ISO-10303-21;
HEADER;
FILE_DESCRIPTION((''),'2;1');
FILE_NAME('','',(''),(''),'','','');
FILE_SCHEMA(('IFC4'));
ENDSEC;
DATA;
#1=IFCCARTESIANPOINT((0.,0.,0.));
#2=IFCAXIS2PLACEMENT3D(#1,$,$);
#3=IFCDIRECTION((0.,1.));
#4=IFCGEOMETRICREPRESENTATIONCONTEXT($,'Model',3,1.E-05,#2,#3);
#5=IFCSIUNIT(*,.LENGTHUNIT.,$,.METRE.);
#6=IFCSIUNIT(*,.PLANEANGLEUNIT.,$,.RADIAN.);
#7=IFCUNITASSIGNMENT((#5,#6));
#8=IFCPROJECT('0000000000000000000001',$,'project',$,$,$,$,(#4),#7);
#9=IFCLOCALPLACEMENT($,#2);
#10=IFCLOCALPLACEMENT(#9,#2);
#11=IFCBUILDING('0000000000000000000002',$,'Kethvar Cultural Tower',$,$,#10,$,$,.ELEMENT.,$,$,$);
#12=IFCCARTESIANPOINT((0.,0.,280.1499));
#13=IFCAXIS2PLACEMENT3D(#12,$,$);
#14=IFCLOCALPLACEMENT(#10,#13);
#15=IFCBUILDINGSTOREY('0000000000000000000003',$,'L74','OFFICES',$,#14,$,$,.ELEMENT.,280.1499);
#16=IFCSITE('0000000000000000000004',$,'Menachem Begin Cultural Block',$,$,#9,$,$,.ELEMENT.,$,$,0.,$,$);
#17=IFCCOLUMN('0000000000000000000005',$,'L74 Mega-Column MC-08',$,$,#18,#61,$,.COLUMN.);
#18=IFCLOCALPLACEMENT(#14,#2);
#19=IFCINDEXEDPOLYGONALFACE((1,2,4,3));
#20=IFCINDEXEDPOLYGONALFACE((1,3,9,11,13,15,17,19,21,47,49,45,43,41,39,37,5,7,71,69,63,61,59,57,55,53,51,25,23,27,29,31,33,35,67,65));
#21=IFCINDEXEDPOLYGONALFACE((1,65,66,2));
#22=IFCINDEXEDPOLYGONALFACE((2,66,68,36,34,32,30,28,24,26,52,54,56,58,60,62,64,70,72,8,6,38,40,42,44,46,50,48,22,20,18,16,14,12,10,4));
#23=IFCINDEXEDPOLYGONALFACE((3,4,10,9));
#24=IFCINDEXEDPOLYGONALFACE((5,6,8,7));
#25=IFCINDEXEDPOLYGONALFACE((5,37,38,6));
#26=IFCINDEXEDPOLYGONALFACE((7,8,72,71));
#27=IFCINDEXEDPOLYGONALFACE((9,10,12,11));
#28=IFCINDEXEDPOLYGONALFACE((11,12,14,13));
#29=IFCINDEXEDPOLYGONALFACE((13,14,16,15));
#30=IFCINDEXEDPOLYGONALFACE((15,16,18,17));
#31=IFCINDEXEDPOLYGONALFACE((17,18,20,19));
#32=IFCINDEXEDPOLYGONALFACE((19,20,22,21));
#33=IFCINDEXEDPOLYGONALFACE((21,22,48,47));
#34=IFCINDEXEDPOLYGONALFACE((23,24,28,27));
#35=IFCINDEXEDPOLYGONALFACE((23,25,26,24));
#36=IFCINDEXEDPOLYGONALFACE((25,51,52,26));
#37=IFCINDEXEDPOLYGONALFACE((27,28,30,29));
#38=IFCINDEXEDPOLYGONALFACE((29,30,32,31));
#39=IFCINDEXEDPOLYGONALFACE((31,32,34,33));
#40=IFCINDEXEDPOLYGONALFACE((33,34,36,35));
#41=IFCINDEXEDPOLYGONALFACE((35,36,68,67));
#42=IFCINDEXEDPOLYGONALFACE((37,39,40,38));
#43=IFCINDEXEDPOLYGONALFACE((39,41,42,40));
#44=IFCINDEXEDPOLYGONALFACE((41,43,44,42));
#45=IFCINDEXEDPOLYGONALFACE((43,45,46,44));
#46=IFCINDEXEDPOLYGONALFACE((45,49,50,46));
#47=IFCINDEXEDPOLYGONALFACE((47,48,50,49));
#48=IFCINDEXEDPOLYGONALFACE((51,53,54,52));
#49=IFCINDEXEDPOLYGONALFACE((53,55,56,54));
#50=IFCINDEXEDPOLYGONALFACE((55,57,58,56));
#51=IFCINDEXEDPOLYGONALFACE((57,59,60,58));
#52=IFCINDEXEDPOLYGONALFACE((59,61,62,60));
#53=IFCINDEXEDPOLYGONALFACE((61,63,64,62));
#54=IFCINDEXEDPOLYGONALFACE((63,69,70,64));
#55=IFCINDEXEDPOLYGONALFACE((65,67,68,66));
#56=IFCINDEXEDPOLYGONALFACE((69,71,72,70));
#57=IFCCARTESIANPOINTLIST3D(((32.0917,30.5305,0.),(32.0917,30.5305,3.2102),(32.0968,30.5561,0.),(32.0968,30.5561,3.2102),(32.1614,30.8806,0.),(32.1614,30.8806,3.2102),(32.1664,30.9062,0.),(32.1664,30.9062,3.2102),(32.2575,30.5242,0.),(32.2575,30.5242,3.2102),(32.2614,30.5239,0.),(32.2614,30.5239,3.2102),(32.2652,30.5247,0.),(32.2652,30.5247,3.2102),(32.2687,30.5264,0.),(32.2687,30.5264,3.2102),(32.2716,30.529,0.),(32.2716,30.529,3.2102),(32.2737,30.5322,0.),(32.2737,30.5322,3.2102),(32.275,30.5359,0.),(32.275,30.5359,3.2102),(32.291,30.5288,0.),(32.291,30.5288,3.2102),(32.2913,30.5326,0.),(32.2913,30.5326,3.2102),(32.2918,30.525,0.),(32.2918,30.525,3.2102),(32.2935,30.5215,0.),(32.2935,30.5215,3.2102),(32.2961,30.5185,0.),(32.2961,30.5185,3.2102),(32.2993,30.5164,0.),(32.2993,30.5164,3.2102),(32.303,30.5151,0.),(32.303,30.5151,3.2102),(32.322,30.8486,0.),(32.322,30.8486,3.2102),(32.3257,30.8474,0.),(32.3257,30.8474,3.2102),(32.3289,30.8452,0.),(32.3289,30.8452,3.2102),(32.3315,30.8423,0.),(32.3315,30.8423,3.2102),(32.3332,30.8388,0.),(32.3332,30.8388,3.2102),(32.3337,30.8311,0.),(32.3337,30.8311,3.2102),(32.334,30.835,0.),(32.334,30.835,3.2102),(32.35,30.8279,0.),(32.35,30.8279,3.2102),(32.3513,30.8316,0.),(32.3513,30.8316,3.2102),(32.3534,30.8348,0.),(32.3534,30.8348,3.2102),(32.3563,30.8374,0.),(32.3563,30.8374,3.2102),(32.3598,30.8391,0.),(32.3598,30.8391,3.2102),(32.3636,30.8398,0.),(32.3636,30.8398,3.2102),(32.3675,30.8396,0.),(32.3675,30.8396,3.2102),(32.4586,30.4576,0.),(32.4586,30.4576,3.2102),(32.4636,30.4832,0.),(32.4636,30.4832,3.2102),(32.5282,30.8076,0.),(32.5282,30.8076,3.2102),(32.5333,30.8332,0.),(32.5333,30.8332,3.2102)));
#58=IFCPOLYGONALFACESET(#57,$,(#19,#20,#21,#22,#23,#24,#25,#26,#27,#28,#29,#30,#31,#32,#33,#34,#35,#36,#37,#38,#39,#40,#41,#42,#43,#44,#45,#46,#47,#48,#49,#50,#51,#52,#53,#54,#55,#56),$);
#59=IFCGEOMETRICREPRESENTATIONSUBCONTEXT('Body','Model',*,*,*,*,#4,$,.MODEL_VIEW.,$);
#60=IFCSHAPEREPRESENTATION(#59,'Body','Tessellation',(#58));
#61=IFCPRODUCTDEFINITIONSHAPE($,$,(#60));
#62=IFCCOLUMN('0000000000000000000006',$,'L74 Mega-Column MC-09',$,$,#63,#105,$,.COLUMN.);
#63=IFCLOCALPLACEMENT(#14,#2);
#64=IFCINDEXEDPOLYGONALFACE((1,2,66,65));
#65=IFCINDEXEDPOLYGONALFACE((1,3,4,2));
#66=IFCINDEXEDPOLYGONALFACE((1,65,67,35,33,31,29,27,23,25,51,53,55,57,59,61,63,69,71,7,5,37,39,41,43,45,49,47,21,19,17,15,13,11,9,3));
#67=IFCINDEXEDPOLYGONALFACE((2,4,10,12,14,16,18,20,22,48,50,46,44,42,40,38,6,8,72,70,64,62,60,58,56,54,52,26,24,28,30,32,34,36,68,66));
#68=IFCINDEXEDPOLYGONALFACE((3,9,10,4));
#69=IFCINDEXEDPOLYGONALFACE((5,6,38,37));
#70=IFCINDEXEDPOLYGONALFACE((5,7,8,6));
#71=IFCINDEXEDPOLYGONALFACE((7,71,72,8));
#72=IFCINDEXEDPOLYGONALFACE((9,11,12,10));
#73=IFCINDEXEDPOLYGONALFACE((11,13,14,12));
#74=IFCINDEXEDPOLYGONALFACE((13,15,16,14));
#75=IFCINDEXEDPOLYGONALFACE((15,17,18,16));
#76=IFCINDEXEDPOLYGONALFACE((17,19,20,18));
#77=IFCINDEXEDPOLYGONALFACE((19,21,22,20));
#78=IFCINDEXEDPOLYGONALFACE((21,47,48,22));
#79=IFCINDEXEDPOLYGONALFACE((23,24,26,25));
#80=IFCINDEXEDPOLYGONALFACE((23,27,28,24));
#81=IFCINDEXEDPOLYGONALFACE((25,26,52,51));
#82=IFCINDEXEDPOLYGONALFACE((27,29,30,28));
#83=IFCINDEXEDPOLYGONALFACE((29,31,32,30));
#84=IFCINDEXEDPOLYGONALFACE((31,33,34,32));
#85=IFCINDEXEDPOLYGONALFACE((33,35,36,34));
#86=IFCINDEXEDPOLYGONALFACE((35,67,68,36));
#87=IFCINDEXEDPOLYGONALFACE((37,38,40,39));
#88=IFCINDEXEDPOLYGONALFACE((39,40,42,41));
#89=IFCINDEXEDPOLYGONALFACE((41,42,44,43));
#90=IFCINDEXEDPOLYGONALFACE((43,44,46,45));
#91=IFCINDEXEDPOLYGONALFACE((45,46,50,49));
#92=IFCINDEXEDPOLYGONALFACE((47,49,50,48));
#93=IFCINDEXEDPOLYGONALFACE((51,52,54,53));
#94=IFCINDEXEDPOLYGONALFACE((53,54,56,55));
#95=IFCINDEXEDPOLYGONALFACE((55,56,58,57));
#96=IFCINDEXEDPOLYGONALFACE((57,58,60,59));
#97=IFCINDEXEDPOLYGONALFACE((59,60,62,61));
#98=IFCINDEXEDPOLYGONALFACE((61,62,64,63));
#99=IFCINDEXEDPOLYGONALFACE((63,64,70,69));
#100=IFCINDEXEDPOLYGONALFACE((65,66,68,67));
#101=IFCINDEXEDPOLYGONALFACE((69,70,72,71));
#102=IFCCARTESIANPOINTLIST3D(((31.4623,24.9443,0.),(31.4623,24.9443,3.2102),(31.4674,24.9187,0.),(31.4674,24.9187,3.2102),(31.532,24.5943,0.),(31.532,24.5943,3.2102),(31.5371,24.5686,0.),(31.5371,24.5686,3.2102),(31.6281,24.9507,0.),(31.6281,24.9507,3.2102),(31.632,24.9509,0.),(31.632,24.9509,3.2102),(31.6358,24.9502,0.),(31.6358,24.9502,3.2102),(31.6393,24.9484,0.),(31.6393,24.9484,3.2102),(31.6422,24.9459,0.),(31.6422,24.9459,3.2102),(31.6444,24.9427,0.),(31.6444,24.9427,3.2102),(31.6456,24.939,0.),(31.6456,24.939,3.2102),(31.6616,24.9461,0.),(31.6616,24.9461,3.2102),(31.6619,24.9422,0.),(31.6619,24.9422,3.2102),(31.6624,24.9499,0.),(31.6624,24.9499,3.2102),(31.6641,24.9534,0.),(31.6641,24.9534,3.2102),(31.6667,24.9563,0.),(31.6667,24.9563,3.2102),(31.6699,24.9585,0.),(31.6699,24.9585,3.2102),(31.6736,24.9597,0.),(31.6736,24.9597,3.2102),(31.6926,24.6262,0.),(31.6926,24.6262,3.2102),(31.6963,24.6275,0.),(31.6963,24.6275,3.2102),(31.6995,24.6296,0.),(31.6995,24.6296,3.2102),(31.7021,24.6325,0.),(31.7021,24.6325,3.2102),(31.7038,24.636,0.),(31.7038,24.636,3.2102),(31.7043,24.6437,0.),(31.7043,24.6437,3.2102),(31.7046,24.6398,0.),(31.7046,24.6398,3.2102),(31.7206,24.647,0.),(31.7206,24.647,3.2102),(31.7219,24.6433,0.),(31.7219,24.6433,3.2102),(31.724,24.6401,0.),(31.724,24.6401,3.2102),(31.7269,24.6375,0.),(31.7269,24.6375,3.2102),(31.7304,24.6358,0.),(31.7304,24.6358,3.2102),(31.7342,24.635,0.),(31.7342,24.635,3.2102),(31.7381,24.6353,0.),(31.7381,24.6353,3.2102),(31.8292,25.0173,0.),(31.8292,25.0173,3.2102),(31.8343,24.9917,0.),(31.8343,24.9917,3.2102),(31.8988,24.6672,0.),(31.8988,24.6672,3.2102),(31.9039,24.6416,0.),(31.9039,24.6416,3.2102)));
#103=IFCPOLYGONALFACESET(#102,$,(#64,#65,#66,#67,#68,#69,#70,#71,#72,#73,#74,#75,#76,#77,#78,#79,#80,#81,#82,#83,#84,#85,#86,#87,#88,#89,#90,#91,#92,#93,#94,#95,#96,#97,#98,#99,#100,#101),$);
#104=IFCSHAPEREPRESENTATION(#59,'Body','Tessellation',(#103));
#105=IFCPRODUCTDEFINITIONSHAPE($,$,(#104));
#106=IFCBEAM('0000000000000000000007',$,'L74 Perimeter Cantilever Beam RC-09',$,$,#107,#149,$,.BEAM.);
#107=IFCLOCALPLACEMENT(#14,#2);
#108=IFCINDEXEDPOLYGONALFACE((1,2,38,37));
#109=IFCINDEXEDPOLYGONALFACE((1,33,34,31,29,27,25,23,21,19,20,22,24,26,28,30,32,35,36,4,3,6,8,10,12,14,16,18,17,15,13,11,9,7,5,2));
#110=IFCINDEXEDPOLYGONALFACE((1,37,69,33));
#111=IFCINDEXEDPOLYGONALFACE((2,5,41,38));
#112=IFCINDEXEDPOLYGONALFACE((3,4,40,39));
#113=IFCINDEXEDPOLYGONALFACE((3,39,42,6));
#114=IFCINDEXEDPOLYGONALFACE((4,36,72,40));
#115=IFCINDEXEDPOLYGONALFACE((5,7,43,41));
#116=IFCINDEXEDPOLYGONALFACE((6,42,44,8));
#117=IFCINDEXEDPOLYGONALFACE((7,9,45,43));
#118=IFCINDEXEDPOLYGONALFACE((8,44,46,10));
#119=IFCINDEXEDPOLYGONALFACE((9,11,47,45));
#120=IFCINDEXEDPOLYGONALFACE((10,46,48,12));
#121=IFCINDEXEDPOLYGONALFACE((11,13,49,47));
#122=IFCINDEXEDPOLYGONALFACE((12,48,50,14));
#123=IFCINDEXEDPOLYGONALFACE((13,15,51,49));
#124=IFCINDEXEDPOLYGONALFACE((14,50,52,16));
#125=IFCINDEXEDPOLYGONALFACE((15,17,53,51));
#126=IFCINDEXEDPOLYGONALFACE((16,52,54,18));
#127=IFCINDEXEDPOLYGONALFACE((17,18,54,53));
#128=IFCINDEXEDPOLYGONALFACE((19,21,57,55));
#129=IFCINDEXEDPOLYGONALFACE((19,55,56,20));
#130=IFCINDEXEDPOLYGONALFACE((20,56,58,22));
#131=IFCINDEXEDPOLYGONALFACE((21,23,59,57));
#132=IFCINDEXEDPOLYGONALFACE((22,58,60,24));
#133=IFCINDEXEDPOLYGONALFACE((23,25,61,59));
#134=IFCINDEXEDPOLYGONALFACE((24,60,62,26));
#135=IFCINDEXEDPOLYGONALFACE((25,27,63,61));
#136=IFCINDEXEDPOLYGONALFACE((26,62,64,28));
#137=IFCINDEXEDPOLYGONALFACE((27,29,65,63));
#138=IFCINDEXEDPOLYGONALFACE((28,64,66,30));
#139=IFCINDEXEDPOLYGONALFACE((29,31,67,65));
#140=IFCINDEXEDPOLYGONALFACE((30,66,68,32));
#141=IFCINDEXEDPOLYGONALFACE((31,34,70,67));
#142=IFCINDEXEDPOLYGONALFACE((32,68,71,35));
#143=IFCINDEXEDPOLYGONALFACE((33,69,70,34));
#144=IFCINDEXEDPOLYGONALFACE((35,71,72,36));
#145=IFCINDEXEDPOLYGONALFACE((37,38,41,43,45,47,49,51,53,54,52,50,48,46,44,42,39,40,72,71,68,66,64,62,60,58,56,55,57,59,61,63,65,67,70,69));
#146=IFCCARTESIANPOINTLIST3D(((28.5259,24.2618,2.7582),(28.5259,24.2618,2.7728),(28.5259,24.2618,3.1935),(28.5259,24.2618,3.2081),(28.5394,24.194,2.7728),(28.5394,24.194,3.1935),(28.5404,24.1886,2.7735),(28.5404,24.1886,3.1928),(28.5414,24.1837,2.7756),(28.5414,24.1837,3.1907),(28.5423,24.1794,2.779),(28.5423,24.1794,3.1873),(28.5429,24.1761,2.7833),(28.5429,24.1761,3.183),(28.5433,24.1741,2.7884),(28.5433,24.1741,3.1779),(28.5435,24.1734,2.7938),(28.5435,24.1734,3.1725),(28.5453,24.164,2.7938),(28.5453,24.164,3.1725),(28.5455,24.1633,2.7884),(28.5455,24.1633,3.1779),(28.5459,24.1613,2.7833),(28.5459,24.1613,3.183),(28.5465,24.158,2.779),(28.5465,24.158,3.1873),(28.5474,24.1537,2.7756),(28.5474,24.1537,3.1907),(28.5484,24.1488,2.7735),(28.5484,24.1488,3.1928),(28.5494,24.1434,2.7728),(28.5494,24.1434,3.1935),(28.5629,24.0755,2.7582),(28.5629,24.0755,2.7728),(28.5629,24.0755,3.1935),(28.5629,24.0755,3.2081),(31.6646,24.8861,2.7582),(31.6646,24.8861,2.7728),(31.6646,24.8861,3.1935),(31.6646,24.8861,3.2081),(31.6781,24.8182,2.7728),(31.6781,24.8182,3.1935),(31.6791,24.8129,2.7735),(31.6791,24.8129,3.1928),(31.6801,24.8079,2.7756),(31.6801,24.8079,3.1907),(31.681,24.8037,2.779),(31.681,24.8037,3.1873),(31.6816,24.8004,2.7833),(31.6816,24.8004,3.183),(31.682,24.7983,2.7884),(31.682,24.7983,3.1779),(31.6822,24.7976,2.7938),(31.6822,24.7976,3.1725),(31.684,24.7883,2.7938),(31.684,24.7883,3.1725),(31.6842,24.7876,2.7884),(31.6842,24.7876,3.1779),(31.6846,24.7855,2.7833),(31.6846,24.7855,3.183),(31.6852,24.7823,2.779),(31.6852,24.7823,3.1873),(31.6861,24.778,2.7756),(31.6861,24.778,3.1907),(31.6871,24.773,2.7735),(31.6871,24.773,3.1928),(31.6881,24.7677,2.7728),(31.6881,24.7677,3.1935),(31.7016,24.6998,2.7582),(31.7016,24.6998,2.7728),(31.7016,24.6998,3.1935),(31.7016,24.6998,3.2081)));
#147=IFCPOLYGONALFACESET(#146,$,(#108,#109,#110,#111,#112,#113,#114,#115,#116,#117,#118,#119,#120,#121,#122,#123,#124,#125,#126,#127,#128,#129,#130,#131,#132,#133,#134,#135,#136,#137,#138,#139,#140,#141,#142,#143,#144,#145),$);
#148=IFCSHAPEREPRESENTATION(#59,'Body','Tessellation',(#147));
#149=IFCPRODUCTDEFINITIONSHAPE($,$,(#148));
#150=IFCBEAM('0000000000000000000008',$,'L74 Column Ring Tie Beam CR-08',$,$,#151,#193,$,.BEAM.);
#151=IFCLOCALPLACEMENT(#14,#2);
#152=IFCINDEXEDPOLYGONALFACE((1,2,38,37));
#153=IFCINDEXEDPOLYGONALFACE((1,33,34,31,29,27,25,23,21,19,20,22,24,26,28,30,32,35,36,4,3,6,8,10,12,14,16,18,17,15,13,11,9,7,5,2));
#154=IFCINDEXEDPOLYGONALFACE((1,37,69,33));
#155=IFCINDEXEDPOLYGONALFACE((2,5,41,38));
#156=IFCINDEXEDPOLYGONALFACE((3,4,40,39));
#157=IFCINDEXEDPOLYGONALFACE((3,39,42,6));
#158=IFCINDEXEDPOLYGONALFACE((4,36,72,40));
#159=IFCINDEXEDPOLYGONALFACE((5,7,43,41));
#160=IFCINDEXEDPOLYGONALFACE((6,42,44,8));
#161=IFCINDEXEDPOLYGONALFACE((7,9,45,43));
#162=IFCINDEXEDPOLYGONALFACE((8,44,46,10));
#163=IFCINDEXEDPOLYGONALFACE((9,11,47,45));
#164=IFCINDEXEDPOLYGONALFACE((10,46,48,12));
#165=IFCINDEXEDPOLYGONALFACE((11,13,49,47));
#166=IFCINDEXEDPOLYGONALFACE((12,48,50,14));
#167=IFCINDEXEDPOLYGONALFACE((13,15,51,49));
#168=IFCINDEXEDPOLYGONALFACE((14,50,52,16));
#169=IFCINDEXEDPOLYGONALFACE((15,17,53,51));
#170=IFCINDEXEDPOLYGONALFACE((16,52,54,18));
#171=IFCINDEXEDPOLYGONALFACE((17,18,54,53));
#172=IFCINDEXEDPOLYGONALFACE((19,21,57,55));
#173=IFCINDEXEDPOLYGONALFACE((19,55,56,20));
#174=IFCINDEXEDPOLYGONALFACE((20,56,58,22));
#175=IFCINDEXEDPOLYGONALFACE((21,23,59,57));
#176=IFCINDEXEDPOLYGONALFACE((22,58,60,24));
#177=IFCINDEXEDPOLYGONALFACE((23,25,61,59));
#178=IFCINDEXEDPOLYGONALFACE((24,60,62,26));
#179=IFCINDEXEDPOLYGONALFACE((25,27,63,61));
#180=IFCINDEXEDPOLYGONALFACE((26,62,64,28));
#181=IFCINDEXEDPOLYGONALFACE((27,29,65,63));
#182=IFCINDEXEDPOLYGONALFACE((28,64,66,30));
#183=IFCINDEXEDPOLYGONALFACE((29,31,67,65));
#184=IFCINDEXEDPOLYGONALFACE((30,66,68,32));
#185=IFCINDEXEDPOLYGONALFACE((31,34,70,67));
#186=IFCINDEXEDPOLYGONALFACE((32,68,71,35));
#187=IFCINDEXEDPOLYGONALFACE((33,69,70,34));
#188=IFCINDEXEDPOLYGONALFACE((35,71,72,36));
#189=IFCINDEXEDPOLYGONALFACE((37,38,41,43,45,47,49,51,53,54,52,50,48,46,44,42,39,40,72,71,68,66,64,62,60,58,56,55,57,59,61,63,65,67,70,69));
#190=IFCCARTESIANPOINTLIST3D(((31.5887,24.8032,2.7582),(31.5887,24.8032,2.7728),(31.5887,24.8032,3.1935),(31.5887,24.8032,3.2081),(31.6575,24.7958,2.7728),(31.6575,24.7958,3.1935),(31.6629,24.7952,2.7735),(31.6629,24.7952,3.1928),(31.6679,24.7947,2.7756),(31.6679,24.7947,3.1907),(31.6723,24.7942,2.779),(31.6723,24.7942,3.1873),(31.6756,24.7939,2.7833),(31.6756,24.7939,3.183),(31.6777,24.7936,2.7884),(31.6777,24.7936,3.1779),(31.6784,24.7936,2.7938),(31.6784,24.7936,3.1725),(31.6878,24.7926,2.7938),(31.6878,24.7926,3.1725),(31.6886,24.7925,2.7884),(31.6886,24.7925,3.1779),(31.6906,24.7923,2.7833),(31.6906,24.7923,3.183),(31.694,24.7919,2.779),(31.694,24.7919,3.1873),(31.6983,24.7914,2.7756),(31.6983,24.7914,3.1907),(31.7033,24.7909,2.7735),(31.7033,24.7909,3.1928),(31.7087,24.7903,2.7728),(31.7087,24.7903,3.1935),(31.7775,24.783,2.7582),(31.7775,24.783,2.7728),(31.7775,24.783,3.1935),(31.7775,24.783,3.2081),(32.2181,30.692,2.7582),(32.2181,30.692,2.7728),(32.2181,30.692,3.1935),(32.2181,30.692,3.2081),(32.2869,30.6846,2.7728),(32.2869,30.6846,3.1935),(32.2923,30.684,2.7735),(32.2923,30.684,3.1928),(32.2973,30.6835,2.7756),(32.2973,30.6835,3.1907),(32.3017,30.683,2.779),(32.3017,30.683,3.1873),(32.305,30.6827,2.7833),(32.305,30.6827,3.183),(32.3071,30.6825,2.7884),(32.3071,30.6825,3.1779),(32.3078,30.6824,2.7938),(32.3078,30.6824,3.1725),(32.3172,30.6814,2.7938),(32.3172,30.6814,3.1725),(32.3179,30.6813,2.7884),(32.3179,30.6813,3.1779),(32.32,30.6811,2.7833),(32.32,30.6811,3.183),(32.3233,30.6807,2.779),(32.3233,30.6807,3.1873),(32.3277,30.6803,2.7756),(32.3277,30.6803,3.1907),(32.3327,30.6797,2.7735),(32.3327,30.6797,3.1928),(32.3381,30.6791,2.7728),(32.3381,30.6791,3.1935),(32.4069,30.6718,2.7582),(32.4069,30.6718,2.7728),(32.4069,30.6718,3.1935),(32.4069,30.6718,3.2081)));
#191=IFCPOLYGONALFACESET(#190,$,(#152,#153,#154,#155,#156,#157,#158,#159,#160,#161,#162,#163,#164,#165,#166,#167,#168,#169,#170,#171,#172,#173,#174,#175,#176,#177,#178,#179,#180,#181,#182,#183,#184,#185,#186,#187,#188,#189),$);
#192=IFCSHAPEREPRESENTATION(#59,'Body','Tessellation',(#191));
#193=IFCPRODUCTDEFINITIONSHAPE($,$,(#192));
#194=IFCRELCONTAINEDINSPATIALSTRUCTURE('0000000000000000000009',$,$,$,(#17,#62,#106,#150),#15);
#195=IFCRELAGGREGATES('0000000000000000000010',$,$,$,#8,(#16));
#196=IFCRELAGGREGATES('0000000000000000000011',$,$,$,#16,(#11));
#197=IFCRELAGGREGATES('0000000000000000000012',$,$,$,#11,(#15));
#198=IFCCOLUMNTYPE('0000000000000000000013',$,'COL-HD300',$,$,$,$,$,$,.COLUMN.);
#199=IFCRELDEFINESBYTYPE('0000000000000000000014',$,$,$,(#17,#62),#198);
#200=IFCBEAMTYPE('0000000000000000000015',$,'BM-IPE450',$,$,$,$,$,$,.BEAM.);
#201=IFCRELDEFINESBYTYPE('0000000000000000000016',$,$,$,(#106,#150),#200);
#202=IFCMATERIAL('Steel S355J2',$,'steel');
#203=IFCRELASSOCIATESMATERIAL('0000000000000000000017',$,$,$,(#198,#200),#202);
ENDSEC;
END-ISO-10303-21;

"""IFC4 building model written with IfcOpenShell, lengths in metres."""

from ifc_helpers import new_model, si_unit, direction, frame, origin, origin_2d, place, context, subcontext, project, spatial, i_section, extrude, source, transform, mapped, material, material_profile, profile_set, type_object, element, save


model = new_model("IFC4")

# Units and contexts
model_context = context("Model", 3, precision=1e-05, world=origin(), true_north=direction((0.0, 1.0)))
body_context = subcontext(model_context, "Body", "Model", "MODEL_VIEW")
ifc_project = project(units=[si_unit("LENGTHUNIT", "METRE"), si_unit("PLANEANGLEUNIT", "RADIAN")], contexts=[model_context])

# Site, building, storey
site_placement = place(None, origin())
site = spatial("IfcSite", under=ifc_project, at=site_placement, Name="Menachem Begin Cultural Block", CompositionType="ELEMENT", RefElevation=0.0)
building_placement = place(site_placement, origin())
building = spatial("IfcBuilding", under=site, at=building_placement, Name="Kethvar Cultural Tower", CompositionType="ELEMENT")
storey_placement = place(building_placement, frame((0.0, 0.0, 280.1499)))
storey = spatial("IfcBuildingStorey", under=building, at=storey_placement, Name="L74", Description="OFFICES", CompositionType="ELEMENT", Elevation=280.1499)

# Columns
ifc_material_1 = material(Name="Steel S355J2", Category="steel")
ifc_material_profile_1 = material_profile(ifc_material_1, i_section(OverallWidth=0.374, OverallDepth=0.3831, WebThickness=0.0166, FlangeThickness=0.0261, FilletRadius=0.0149, at=origin_2d()), Name="Steel S355J2 — HD360x300")
ifc_profile_set_1 = profile_set([ifc_material_profile_1], Name="Steel S355J2 — HD360x300")
column_type = type_object("IfcColumnType", Name="COL-HD300", PredefinedType="COLUMN", material=ifc_profile_set_1)
shared_shape_1 = source(origin(), body_context, "Body", "SweptSolid", [
    extrude(i_section(OverallWidth=0.374, OverallDepth=0.3831, WebThickness=0.0166, FlangeThickness=0.0261, FilletRadius=0.0149, at=origin_2d()), origin(), (0.0, 0.0, 1.0), 3.2102),
])
for number, where, z_axis, x_axis, name in (
    (1, (32.3125, 30.6819, 0.0), (0.0, 0.0, 1.0), (-0.980785, 0.19509, 0.0), "L74 Mega-Column MC-08"),
    (2, (31.6831, 24.793, 0.0), (0.0, 0.0, 1.0), (-0.980785, -0.19509, 0.0), "L74 Mega-Column MC-09"),
):
    element("IfcColumn", number, at=place(storey_placement, frame(where, z_axis=z_axis, x_axis=x_axis)), inside=storey, type_object=column_type, Name=name, PredefinedType="COLUMN", context=body_context, shape_type="MappedRepresentation", body=[
        mapped(shared_shape_1, transform((0.0, 0.0, 0.0), scale=1.0)),
    ])

# Beams
ifc_material_profile_2 = material_profile(ifc_material_1, i_section(OverallWidth=0.1899, OverallDepth=0.45, WebThickness=0.0095, FlangeThickness=0.0146, FilletRadius=0.021, at=origin_2d()), Name="Steel S355J2 — IPE450")
ifc_profile_set_2 = profile_set([ifc_material_profile_2], Name="Steel S355J2 — IPE450")
beam_type_1 = type_object("IfcBeamType", Name="BM-IPE450", PredefinedType="BEAM", material=ifc_profile_set_2)
shared_shape_2 = source(origin(), body_context, "Body", "SweptSolid", [
    extrude(i_section(OverallWidth=0.1899, OverallDepth=0.45, WebThickness=0.0095, FlangeThickness=0.0146, FilletRadius=0.021, at=origin_2d()), origin(), (0.0, 0.0, 1.0), 3.2002),
])
beam_1_placement = place(storey_placement, frame((31.6831, 24.793, 2.9832), z_axis=(-0.980788, -0.195074, 0.0), x_axis=(0.195074, -0.980788, 0.0)))
element("IfcBeam", 3, at=beam_1_placement, inside=storey, type_object=beam_type_1, Name="L74 Perimeter Cantilever Beam RC-09", PredefinedType="BEAM", context=body_context, shape_type="MappedRepresentation", body=[
    mapped(shared_shape_2, transform((0.0, 0.0, 0.0), scale=1.0)),
])
shared_shape_3 = source(origin(), body_context, "Body", "SweptSolid", [
    extrude(i_section(OverallWidth=0.1899, OverallDepth=0.45, WebThickness=0.0095, FlangeThickness=0.0146, FilletRadius=0.021, at=origin_2d()), origin(), (0.0, 0.0, 1.0), 5.9224),
])
beam_2_placement = place(storey_placement, frame((32.3125, 30.6819, 2.9832), z_axis=(-0.106273, -0.994337, 0.0), x_axis=(0.994337, -0.106273, 0.0)))
element("IfcBeam", 4, at=beam_2_placement, inside=storey, type_object=beam_type_1, Name="L74 Column Ring Tie Beam CR-08", PredefinedType="BEAM", context=body_context, shape_type="MappedRepresentation", body=[
    mapped(shared_shape_3, transform((0.0, 0.0, 0.0), scale=1.0)),
])

save(model, "model.ifc")
